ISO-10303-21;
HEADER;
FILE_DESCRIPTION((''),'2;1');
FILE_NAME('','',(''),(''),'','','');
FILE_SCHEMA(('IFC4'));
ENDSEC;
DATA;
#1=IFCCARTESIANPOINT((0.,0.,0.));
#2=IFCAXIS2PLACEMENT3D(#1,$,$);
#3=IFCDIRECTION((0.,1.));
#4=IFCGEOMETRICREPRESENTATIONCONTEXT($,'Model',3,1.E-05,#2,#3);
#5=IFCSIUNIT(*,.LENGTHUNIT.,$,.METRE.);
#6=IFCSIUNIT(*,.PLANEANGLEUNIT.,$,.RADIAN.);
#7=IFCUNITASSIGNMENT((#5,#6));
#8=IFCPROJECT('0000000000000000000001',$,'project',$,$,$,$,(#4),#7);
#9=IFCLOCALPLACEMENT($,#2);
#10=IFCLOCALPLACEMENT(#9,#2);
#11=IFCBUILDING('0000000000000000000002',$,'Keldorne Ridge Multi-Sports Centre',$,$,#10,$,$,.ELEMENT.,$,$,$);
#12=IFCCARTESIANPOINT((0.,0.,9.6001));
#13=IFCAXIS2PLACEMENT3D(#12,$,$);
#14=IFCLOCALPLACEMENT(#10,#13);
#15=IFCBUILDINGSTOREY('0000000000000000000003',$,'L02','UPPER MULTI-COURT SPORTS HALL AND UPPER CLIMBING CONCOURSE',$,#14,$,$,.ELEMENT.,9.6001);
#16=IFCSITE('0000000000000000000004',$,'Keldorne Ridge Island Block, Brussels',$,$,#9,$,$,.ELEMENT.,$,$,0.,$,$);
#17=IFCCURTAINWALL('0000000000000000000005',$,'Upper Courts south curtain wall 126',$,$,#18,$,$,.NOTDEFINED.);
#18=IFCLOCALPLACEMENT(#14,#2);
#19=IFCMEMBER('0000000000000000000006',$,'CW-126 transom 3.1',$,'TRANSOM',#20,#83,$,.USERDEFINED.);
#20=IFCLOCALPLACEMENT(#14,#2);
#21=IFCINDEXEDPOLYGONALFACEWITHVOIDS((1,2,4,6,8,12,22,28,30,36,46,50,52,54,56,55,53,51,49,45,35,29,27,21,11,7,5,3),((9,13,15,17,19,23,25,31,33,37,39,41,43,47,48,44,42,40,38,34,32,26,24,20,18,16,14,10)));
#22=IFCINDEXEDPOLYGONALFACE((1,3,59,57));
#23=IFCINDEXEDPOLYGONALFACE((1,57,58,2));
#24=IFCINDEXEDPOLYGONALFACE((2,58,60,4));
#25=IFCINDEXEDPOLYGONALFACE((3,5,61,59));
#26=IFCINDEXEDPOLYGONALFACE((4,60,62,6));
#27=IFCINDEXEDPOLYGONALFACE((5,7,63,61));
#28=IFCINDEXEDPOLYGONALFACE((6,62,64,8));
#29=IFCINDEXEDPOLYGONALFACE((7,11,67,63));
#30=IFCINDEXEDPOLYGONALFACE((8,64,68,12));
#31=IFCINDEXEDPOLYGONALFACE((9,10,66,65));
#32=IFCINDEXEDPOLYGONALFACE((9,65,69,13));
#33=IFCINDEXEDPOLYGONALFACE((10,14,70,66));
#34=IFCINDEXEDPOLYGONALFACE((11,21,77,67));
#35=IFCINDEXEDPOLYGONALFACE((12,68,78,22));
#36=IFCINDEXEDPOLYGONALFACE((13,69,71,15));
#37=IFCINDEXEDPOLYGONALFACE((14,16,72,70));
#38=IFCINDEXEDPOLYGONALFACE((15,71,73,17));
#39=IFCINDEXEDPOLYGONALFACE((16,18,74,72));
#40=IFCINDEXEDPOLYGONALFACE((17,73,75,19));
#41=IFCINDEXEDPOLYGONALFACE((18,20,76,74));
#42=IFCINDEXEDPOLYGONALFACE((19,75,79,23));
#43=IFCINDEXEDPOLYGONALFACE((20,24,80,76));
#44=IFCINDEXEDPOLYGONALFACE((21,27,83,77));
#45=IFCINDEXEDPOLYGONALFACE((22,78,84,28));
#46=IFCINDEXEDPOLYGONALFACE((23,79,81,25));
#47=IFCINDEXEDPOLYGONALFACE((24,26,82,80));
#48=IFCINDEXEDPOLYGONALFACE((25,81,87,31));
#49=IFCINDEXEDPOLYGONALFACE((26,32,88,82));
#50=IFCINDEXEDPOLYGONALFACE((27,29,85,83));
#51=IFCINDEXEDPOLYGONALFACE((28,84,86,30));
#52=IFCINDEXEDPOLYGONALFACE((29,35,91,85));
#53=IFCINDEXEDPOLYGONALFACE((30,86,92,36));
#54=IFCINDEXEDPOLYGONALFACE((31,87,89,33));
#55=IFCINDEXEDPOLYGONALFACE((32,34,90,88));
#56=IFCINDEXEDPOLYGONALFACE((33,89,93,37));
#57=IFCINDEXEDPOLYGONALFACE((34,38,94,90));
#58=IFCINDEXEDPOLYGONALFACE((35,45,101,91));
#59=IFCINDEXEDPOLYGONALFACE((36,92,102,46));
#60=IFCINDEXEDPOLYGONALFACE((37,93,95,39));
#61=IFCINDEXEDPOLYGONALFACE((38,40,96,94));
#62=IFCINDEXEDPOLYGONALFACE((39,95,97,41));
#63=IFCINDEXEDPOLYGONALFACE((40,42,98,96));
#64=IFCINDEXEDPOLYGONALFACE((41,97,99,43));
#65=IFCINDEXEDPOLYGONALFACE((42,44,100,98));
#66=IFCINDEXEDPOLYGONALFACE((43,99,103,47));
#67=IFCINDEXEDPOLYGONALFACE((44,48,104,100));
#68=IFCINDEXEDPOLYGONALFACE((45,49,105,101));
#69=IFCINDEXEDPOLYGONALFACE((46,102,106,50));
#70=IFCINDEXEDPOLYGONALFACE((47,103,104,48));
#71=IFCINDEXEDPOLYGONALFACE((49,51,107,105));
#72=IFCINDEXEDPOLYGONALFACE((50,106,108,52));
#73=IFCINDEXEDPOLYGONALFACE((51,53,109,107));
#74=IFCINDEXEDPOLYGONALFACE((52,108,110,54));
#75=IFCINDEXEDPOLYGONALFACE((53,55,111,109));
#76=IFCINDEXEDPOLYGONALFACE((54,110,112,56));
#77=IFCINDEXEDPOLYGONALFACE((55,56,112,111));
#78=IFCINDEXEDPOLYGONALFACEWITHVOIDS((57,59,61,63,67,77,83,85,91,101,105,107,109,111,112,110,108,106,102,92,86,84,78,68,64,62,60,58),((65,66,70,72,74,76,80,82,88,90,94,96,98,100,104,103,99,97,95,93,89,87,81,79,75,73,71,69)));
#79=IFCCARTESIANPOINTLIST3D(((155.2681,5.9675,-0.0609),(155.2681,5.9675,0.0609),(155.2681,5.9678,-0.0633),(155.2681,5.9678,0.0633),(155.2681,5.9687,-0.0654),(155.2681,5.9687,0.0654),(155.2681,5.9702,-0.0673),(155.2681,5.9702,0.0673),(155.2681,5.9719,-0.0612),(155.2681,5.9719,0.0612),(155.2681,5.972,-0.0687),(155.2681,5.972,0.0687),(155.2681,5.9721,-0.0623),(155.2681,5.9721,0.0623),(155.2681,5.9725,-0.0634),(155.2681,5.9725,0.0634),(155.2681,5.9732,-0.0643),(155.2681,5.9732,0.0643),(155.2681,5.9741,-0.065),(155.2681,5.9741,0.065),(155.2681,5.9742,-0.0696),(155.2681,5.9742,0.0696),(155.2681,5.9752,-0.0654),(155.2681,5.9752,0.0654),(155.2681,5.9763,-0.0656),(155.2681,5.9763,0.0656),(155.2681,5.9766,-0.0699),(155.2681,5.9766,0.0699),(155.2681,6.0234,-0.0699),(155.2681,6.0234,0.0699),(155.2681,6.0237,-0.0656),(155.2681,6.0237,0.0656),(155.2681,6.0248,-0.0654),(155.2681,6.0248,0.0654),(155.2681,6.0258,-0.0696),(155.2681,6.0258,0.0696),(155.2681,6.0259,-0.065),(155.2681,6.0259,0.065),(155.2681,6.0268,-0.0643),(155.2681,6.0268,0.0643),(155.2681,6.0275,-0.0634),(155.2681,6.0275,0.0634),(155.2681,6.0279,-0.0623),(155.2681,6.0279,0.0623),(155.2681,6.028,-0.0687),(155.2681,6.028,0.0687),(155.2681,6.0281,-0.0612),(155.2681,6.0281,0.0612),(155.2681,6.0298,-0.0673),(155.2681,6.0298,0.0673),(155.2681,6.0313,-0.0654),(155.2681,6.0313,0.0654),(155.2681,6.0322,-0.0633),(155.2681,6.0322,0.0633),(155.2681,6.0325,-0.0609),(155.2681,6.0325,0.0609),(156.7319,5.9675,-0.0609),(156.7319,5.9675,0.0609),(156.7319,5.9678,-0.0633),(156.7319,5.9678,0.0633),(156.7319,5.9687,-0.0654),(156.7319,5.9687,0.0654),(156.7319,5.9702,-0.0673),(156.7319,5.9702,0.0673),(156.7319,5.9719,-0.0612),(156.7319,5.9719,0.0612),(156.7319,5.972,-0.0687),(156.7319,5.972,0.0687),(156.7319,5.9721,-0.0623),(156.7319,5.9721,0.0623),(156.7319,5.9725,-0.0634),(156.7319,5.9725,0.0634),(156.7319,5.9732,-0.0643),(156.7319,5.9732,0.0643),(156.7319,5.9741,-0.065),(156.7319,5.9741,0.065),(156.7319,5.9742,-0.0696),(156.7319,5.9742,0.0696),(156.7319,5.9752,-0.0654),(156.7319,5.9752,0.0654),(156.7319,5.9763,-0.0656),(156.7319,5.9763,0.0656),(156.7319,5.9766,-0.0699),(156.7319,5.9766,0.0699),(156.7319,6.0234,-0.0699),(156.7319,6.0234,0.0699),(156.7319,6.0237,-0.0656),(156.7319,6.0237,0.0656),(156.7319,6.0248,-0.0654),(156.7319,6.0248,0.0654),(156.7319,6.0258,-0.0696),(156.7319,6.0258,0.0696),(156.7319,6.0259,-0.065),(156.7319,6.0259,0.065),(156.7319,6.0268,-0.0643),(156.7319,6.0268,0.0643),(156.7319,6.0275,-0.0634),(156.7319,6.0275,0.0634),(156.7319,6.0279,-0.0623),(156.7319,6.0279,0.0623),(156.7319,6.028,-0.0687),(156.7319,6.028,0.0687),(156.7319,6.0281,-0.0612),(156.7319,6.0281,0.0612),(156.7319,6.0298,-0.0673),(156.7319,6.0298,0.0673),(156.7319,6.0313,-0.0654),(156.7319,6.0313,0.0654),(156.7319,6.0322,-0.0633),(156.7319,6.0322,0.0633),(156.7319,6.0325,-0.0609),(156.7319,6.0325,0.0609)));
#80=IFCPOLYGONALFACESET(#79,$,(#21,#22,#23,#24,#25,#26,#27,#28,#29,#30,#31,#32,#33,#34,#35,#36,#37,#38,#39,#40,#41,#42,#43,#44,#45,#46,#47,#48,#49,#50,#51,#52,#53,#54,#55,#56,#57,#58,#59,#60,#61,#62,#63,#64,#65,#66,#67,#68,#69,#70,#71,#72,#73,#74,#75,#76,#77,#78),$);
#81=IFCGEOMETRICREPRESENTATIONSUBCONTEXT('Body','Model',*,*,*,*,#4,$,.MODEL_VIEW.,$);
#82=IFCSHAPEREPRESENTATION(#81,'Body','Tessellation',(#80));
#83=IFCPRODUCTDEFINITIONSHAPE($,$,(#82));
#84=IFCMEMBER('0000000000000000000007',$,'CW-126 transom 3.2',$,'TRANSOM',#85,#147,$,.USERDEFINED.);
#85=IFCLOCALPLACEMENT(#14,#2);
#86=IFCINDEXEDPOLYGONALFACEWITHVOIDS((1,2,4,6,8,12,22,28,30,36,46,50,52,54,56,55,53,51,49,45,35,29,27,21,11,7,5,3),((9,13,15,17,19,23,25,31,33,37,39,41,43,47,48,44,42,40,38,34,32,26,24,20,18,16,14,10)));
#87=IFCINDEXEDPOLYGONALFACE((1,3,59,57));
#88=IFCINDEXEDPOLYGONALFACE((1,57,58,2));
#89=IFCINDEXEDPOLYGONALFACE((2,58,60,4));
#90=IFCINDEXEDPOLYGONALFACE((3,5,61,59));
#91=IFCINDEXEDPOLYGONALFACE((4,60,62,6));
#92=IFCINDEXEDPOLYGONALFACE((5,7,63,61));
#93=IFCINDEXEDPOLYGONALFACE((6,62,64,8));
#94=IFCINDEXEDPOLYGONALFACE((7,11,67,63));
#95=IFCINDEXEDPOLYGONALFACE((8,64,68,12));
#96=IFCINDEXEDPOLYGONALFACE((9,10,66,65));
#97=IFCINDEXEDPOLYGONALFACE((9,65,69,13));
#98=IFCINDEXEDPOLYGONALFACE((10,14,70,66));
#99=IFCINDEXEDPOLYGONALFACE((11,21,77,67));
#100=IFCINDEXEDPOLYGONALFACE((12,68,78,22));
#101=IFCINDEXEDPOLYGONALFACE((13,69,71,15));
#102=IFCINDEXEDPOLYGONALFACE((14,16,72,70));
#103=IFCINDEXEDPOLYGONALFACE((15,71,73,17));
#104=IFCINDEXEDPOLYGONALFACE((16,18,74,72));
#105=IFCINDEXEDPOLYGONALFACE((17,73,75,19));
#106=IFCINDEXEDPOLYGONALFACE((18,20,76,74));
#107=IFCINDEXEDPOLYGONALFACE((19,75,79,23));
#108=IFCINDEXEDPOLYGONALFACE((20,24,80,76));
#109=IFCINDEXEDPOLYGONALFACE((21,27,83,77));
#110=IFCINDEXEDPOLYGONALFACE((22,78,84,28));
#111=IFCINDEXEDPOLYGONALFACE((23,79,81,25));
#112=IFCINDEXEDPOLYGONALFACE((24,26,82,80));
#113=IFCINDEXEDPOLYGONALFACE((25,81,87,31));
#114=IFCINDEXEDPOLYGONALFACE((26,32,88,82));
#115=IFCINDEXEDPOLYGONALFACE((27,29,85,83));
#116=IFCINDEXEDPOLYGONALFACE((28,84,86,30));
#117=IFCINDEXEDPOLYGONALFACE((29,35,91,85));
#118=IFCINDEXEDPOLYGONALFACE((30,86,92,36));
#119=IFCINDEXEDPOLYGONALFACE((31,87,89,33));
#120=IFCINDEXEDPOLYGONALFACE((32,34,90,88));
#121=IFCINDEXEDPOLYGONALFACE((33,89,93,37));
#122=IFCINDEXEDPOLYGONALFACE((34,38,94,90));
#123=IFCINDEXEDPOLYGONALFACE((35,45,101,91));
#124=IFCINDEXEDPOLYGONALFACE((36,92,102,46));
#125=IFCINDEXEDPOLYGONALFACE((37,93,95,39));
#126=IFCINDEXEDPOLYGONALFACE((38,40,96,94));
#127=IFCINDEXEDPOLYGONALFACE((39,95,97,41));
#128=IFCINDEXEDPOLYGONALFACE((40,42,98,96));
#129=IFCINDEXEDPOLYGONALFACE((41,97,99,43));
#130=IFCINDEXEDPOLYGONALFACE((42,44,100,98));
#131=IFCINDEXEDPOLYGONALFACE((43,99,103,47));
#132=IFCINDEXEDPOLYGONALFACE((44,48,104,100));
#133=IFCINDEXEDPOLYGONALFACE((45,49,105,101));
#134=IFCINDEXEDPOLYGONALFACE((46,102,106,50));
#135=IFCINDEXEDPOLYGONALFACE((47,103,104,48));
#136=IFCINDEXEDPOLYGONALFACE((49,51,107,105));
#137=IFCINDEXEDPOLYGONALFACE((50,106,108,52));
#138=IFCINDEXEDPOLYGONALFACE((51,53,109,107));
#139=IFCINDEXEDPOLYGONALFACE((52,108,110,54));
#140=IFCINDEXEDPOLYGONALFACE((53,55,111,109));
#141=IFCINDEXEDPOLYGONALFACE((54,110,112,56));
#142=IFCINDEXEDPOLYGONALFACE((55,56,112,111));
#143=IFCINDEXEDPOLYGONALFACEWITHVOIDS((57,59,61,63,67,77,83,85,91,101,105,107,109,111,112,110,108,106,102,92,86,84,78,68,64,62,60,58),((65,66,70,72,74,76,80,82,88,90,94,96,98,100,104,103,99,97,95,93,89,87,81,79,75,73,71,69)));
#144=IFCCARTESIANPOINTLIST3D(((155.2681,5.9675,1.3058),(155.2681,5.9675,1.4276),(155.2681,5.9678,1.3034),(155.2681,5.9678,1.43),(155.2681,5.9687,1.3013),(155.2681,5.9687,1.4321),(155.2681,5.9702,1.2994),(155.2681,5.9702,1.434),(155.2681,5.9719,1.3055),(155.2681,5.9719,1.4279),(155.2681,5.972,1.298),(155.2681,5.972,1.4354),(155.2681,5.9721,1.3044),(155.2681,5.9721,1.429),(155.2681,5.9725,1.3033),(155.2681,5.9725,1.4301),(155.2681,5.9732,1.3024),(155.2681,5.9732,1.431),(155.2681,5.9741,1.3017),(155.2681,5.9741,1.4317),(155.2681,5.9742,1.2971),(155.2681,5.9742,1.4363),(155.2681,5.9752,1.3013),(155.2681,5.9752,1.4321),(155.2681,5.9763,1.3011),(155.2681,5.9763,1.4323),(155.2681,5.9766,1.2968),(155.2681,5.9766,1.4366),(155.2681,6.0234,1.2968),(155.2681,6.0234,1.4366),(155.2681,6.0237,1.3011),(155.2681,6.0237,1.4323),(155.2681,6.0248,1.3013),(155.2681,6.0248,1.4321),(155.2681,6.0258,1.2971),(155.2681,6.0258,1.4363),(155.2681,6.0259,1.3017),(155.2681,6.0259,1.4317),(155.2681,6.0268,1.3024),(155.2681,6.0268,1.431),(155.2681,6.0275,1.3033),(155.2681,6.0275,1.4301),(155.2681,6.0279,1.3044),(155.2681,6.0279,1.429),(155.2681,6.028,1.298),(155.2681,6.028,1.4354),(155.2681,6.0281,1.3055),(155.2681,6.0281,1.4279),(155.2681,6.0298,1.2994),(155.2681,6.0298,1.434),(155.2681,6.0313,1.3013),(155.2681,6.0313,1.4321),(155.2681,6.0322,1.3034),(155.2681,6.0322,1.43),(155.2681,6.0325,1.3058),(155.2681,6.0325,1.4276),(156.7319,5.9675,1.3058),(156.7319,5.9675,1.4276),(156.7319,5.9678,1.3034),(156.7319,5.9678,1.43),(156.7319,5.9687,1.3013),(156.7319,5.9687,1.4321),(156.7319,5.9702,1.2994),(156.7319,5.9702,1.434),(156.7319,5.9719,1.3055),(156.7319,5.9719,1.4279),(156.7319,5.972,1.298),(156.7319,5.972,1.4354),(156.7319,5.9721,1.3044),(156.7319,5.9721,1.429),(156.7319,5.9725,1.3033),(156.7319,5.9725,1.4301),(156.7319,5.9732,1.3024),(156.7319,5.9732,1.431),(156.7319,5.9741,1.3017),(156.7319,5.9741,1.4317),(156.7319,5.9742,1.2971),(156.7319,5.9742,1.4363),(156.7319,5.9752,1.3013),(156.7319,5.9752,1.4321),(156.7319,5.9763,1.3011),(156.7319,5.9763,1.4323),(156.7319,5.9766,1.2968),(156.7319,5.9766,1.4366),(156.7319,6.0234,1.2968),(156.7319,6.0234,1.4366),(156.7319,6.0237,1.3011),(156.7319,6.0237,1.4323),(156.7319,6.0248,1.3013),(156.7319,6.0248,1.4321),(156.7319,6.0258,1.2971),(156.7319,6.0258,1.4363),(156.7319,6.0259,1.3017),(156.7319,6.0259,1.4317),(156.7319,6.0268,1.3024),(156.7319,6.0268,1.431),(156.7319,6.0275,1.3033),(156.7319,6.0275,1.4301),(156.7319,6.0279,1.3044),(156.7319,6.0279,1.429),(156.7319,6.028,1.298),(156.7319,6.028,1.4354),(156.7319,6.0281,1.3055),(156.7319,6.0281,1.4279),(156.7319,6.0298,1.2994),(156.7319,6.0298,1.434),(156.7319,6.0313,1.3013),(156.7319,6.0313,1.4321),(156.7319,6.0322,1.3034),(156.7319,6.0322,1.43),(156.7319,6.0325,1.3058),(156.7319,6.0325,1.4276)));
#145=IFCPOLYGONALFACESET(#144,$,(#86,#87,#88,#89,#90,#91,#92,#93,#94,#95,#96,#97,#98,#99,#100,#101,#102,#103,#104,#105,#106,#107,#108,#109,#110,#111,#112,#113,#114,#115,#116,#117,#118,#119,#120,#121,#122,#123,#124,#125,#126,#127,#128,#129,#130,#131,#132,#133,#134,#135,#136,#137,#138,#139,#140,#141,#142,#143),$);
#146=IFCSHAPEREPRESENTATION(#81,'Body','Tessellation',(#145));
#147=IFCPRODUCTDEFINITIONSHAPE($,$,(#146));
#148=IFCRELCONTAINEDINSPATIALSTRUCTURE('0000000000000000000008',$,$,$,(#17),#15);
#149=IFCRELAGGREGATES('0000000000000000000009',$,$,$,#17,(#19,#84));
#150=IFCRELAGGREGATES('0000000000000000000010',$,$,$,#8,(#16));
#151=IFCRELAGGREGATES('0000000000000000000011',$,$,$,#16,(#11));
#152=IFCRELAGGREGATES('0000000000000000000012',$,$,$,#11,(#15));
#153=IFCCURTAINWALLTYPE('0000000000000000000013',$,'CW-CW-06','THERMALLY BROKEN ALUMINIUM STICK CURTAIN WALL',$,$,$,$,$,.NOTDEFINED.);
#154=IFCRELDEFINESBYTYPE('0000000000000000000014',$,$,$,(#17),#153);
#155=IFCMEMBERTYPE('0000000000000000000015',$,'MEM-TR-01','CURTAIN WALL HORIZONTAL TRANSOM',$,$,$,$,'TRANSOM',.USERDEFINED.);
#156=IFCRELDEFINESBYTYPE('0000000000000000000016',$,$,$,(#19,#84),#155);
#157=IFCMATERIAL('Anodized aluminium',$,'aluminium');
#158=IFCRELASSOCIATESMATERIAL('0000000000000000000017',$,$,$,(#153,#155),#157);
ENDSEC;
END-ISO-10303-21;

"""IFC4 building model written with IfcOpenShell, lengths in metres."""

from ifc_helpers import new_model, si_unit, direction, frame, origin, origin_2d, place, context, subcontext, project, spatial, hollow_rectangle, extrude, material, material_profile, profile_set, type_object, element, aggregate, save


model = new_model("IFC4")

# Units and contexts
model_context = context("Model", 3, precision=1e-05, world=origin(), true_north=direction((0.0, 1.0)))
body_context = subcontext(model_context, "Body", "Model", "MODEL_VIEW")
ifc_project = project(units=[si_unit("LENGTHUNIT", "METRE"), si_unit("PLANEANGLEUNIT", "RADIAN")], contexts=[model_context])

# Site, building, storey
site_placement = place(None, origin())
site = spatial("IfcSite", under=ifc_project, at=site_placement, Name="Keldorne Ridge Island Block, Brussels", CompositionType="ELEMENT", RefElevation=0.0)
building_placement = place(site_placement, origin())
building = spatial("IfcBuilding", under=site, at=building_placement, Name="Keldorne Ridge Multi-Sports Centre", CompositionType="ELEMENT")
storey_placement = place(building_placement, frame((0.0, 0.0, 9.6001)))
storey = spatial("IfcBuildingStorey", under=building, at=storey_placement, Name="L02", Description="UPPER MULTI-COURT SPORTS HALL AND UPPER CLIMBING CONCOURSE", CompositionType="ELEMENT", Elevation=9.6001)

# Curtain wall, members
ifc_material_1 = material(Name="Anodized aluminium", Category="aluminium")
curtain_wall_type = type_object("IfcCurtainWallType", Name="CW-CW-06", Description="THERMALLY BROKEN ALUMINIUM STICK CURTAIN WALL", PredefinedType="NOTDEFINED", material=ifc_material_1)
curtain_wall_placement = place(storey_placement, origin())
curtain_wall = element("IfcCurtainWall", 1, at=curtain_wall_placement, inside=storey, type_object=curtain_wall_type, Name="Upper Courts south curtain wall 126", PredefinedType="NOTDEFINED")
ifc_material_profile_1 = material_profile(ifc_material_1, hollow_rectangle(XDim=0.0649, YDim=0.1399, WallThickness=0.0044, InnerFilletRadius=0.0044, OuterFilletRadius=0.009, at=origin_2d()), Name="ALU TRANSOM 140x65x4.5")
ifc_profile_set_1 = profile_set([ifc_material_profile_1], Name="Anodized aluminium")
member_type_1 = type_object("IfcMemberType", Name="MEM-TR-01", Description="CURTAIN WALL HORIZONTAL TRANSOM", ElementType="TRANSOM", PredefinedType="USERDEFINED", material=ifc_profile_set_1)
member_1_placement = place(storey_placement, frame((155.2681, 6.0, 0.0), z_axis=(1.0, 0.0, 0.0), x_axis=(0.0, 1.0, 0.0)))
member_1 = element("IfcMember", 2, at=member_1_placement, type_object=member_type_1, Name="CW-126 transom 3.1", ObjectType="TRANSOM", PredefinedType="USERDEFINED", context=body_context, shape_type="SweptSolid", body=[
    extrude(hollow_rectangle(XDim=0.0649, YDim=0.1399, WallThickness=0.0044, InnerFilletRadius=0.0044, OuterFilletRadius=0.009, at=origin_2d()), origin(), (0.0, 0.0, 1.0), 1.4639),
])
member_2_placement = place(storey_placement, frame((155.2681, 6.0, 1.3667), z_axis=(1.0, 0.0, 0.0), x_axis=(0.0, 1.0, 0.0)))
member_2 = element("IfcMember", 3, at=member_2_placement, type_object=member_type_1, Name="CW-126 transom 3.2", ObjectType="TRANSOM", PredefinedType="USERDEFINED", context=body_context, shape_type="SweptSolid", body=[
    extrude(hollow_rectangle(XDim=0.0649, YDim=0.1399, WallThickness=0.0044, InnerFilletRadius=0.0044, OuterFilletRadius=0.009, at=origin_2d()), origin(), (0.0, 0.0, 1.0), 1.4639),
])
aggregate(curtain_wall, [member_1, member_2])

save(model, "model.ifc")
